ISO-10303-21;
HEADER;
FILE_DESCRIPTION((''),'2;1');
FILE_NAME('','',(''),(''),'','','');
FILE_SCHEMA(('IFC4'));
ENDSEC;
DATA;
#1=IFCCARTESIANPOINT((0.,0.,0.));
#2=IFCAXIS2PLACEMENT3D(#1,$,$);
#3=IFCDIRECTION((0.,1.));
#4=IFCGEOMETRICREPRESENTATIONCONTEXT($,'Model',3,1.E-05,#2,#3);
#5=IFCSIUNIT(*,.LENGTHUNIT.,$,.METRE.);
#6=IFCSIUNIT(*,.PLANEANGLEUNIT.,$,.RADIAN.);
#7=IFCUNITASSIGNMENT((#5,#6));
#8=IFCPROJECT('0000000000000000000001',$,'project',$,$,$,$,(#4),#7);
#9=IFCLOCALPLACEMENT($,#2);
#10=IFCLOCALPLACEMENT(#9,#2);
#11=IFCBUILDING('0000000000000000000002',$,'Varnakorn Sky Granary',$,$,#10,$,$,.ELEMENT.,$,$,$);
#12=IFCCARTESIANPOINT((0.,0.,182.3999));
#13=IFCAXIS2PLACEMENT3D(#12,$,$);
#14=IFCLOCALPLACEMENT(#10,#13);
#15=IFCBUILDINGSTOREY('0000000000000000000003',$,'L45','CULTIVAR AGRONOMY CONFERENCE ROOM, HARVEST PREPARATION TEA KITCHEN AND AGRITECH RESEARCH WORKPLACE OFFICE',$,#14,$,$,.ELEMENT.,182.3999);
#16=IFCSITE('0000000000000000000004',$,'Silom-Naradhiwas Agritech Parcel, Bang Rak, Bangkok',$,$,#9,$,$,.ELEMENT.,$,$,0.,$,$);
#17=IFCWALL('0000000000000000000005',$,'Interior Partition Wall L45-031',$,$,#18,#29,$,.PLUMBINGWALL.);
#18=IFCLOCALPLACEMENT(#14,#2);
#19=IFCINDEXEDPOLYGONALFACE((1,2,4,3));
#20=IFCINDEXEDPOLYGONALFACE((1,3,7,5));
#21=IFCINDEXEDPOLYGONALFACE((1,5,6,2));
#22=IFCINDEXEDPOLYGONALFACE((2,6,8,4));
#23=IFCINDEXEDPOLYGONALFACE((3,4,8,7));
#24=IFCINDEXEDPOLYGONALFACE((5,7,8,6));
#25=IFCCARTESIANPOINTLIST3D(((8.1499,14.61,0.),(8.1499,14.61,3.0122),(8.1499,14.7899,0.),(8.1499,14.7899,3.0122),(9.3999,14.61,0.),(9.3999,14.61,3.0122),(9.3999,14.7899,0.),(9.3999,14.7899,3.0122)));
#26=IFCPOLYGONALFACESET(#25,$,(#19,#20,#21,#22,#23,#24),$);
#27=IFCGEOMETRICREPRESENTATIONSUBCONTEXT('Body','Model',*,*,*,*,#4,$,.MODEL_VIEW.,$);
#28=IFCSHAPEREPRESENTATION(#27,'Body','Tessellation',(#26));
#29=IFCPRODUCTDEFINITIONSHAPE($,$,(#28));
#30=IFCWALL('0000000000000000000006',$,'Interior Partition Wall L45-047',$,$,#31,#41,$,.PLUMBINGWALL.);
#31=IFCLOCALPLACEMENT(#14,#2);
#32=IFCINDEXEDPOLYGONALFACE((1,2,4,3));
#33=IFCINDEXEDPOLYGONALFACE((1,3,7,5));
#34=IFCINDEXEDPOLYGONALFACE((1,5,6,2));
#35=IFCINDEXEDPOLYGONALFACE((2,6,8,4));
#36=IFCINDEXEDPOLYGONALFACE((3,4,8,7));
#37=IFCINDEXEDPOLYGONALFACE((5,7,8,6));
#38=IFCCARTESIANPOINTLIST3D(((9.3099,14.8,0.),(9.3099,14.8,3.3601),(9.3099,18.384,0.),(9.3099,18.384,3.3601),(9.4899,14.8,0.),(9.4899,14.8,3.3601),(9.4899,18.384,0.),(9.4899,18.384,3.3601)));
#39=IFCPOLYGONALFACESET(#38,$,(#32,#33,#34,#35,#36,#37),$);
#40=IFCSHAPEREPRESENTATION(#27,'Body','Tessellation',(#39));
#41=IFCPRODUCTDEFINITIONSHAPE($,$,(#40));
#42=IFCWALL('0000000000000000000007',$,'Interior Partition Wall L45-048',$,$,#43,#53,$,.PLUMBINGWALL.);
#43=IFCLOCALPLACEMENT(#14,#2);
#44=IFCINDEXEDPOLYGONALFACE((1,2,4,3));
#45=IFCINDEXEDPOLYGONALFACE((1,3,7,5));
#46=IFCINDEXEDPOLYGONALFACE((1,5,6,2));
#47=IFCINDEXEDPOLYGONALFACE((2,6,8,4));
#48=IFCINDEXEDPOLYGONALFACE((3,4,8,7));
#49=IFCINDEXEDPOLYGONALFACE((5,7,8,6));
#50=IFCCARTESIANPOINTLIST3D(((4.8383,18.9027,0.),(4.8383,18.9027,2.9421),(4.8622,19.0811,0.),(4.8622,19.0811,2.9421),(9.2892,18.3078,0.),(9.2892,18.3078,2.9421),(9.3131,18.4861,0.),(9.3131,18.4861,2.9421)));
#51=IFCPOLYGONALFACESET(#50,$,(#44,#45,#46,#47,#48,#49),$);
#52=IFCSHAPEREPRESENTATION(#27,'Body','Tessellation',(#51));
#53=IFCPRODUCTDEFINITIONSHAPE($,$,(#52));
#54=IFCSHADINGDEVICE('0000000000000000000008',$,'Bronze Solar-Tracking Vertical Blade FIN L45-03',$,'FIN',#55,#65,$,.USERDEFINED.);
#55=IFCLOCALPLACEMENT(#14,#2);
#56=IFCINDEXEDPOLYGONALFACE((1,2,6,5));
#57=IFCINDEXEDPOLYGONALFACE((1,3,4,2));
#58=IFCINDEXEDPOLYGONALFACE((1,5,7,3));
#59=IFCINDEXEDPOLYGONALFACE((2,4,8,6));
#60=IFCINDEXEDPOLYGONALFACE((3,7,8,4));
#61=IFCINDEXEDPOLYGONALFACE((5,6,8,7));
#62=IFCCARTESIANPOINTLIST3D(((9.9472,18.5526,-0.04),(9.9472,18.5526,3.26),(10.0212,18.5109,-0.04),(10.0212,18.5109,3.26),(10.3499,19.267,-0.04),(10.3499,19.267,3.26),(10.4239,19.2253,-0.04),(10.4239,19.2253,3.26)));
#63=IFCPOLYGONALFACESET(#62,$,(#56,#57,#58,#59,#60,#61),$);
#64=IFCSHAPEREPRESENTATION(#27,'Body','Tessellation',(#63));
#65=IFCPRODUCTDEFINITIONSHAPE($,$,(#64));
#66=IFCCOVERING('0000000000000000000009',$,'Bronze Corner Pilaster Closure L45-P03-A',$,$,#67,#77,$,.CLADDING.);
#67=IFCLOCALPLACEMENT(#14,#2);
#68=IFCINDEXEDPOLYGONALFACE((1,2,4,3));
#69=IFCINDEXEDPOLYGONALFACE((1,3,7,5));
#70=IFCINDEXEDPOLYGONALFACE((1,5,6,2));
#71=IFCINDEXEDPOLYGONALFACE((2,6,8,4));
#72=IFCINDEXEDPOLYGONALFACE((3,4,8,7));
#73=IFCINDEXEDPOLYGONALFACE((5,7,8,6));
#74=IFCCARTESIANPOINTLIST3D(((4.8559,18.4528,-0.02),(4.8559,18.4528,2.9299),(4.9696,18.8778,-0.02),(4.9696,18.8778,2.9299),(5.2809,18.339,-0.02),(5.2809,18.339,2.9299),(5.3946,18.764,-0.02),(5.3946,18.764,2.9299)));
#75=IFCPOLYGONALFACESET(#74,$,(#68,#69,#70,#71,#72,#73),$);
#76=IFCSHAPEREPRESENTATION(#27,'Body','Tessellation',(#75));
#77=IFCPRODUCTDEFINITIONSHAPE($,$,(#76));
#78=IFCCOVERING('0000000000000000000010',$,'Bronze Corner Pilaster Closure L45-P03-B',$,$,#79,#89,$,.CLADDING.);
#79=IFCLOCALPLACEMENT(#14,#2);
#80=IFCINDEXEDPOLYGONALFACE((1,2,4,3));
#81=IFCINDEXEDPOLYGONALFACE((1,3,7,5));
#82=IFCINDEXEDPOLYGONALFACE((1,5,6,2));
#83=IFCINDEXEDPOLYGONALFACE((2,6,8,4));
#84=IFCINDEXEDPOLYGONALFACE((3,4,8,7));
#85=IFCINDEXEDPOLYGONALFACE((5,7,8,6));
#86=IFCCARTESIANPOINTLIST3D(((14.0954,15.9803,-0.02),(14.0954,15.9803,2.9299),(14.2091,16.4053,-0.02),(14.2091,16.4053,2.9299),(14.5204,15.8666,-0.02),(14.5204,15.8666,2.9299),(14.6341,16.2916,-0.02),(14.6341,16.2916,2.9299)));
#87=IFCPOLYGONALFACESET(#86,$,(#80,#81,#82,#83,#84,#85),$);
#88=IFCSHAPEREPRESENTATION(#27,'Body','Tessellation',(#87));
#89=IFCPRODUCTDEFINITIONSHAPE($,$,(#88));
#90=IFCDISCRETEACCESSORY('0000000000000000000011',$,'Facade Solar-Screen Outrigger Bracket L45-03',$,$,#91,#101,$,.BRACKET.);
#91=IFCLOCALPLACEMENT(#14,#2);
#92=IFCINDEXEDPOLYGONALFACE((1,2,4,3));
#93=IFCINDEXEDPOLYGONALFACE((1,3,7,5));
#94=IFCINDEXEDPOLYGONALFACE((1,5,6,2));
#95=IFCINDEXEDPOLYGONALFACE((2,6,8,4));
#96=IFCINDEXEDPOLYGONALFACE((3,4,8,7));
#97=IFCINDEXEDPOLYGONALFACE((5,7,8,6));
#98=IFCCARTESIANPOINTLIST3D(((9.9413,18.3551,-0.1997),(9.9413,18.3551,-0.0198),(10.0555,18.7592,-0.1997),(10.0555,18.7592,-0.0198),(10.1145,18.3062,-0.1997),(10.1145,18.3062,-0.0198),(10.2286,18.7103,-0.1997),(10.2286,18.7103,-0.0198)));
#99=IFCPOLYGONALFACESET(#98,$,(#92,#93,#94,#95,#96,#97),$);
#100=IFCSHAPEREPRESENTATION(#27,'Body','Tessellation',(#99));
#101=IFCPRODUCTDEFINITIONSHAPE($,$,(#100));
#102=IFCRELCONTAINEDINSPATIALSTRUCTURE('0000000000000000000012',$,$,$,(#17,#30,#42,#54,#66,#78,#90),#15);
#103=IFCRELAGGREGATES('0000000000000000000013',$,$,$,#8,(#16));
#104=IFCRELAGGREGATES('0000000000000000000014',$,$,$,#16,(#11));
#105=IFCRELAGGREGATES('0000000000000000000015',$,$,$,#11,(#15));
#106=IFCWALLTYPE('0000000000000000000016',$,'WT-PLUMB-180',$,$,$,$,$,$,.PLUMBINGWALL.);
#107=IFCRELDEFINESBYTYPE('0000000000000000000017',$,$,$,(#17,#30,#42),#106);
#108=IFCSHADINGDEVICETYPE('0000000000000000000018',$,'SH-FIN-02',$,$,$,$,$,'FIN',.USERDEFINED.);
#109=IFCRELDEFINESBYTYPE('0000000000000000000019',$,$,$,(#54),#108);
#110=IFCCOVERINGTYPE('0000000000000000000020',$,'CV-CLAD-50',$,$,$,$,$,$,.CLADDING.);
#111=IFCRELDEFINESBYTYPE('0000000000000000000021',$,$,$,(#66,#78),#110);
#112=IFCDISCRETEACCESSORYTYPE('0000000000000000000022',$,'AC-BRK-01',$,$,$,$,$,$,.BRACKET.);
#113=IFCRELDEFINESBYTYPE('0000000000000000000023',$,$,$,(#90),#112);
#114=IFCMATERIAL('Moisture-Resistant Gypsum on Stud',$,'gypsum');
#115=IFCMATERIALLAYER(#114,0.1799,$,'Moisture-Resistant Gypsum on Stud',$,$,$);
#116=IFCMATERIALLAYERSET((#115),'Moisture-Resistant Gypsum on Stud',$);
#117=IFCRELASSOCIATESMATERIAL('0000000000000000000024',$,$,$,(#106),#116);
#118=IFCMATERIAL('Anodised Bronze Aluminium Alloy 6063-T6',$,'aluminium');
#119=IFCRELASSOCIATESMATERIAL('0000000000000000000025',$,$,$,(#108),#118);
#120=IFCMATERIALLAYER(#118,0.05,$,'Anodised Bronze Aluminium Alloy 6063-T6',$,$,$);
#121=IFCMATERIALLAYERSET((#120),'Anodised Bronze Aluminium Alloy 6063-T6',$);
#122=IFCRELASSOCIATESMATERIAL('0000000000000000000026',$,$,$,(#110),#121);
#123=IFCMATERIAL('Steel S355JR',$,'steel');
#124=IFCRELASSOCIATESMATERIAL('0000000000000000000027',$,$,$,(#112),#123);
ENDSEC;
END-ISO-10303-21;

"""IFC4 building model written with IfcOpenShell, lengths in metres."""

from ifc_helpers import new_model, si_unit, direction, frame, frame_2d, origin, origin_2d, place, context, subcontext, project, spatial, rectangle, extrude, source, transform, mapped, material, layer, layer_set, type_object, type_shapes, element, save


model = new_model("IFC4")

# Units and contexts
model_context = context("Model", 3, precision=1e-05, world=origin(), true_north=direction((0.0, 1.0)))
body_context = subcontext(model_context, "Body", "Model", "MODEL_VIEW")
ifc_project = project(units=[si_unit("LENGTHUNIT", "METRE"), si_unit("PLANEANGLEUNIT", "RADIAN")], contexts=[model_context])

# Site, building, storey
site_placement = place(None, origin())
site = spatial("IfcSite", under=ifc_project, at=site_placement, Name="Silom-Naradhiwas Agritech Parcel, Bang Rak, Bangkok", CompositionType="ELEMENT", RefElevation=0.0)
building_placement = place(site_placement, origin())
building = spatial("IfcBuilding", under=site, at=building_placement, Name="Varnakorn Sky Granary", CompositionType="ELEMENT")
storey_placement = place(building_placement, frame((0.0, 0.0, 182.3999)))
storey = spatial("IfcBuildingStorey", under=building, at=storey_placement, Name="L45", Description="CULTIVAR AGRONOMY CONFERENCE ROOM, HARVEST PREPARATION TEA KITCHEN AND AGRITECH RESEARCH WORKPLACE OFFICE", CompositionType="ELEMENT", Elevation=182.3999)

# Shared definitions
ifc_material_1 = material(Name="Steel S355JR", Category="steel")

# Shared definitions
ifc_material_2 = material(Name="Anodised Bronze Aluminium Alloy 6063-T6", Category="aluminium")

# Shared definitions
ifc_material_3 = material(Name="Moisture-Resistant Gypsum on Stud", Category="gypsum")
ifc_layer_1 = layer(ifc_material_3, 0.1799, Name="Moisture-Resistant Gypsum on Stud")
ifc_layer_set_1 = layer_set([ifc_layer_1], Name="Moisture-Resistant Gypsum on Stud")
wall_type_1 = type_object("IfcWallType", Name="WT-PLUMB-180", PredefinedType="PLUMBINGWALL", material=ifc_layer_set_1)

# Walls
wall_1_placement = place(storey_placement, frame((9.3999, 14.7, 0.0), z_axis=(0.0, 0.0, 1.0), x_axis=(-1.0, 0.0, 0.0)))
element("IfcWall", 1, at=wall_1_placement, inside=storey, type_object=wall_type_1, Name="Interior Partition Wall L45-031", PredefinedType="PLUMBINGWALL", context=body_context, shape_type="SweptSolid", body=[
    extrude(rectangle(XDim=1.25, YDim=0.1799, at=frame_2d((0.625, 0.0))), origin(), (0.0, 0.0, 1.0), 3.0122),
])
wall_2_placement = place(storey_placement, frame((9.3999, 14.8, 0.0), z_axis=(0.0, 0.0, 1.0), x_axis=(0.0, 1.0, 0.0)))
element("IfcWall", 2, at=wall_2_placement, inside=storey, type_object=wall_type_1, Name="Interior Partition Wall L45-047", PredefinedType="PLUMBINGWALL", context=body_context, shape_type="SweptSolid", body=[
    extrude(rectangle(XDim=3.584, YDim=0.1799, at=frame_2d((1.792, 0.0))), origin(), (0.0, 0.0, 1.0), 3.3601),
])
wall_3_placement = place(storey_placement, frame((9.301, 18.397, 0.0), z_axis=(0.0, 0.0, 1.0), x_axis=(-0.991184, 0.132495, 0.0)))
element("IfcWall", 3, at=wall_3_placement, inside=storey, type_object=wall_type_1, Name="Interior Partition Wall L45-048", PredefinedType="PLUMBINGWALL", context=body_context, shape_type="SweptSolid", body=[
    extrude(rectangle(XDim=4.4905, YDim=0.1799, at=frame_2d((2.2451, 0.0))), origin(), (0.0, 0.0, 1.0), 2.9421),
])

# Shading device
shading_device_type = type_object("IfcShadingDeviceType", Name="SH-FIN-02", ElementType="FIN", PredefinedType="USERDEFINED", material=ifc_material_2)
shared_shape_1 = source(origin(), body_context, "Body", "SweptSolid", [
    extrude(rectangle(XDim=0.085, YDim=0.8201, at=origin_2d()), origin(), (0.0, 0.0, 1.0), 3.3),
])
type_shapes(shading_device_type, [shared_shape_1])
shading_device_placement = place(storey_placement, frame((10.1855, 18.8889, -0.04), z_axis=(0.0, 0.0, 1.0), x_axis=(-0.871139, 0.491037, 0.0)))
element("IfcShadingDevice", 4, at=shading_device_placement, inside=storey, type_object=shading_device_type, Name="Bronze Solar-Tracking Vertical Blade FIN L45-03", ObjectType="FIN", PredefinedType="USERDEFINED", context=body_context, shape_type="MappedRepresentation", body=[
    mapped(shared_shape_1, transform((0.0, 0.0, 0.0), x_axis=(1.0, 0.0, 0.0), y_axis=(0.0, 1.0, 0.0), z_axis=(0.0, 0.0, 1.0), scale=1.0)),
])

# Coverings
ifc_layer_2 = layer(ifc_material_2, 0.05, Name="Anodised Bronze Aluminium Alloy 6063-T6")
ifc_layer_set_2 = layer_set([ifc_layer_2], Name="Anodised Bronze Aluminium Alloy 6063-T6")
covering_type = type_object("IfcCoveringType", Name="CV-CLAD-50", PredefinedType="CLADDING", material=ifc_layer_set_2)
shared_shape_2 = source(origin(), body_context, "Body", "SweptSolid", [
    extrude(rectangle(XDim=0.4399, YDim=0.4399, at=origin_2d()), origin(), (0.0, 0.0, 1.0), 2.95),
])
type_shapes(covering_type, [shared_shape_2])
for number, where, z_axis, x_axis, name in (
    (5, (5.1252, 18.6084, -0.02), (0.0, 0.0, 1.0), (0.966016, -0.258482, 0.0), "Bronze Corner Pilaster Closure L45-P03-A"),
    (6, (14.3647, 16.136, -0.02), (0.0, 0.0, 1.0), (0.966016, -0.258482, 0.0), "Bronze Corner Pilaster Closure L45-P03-B"),
):
    element("IfcCovering", number, at=place(storey_placement, frame(where, z_axis=z_axis, x_axis=x_axis)), inside=storey, type_object=covering_type, Name=name, PredefinedType="CLADDING", context=body_context, shape_type="MappedRepresentation", body=[
        mapped(shared_shape_2, transform((0.0, 0.0, 0.0), x_axis=(1.0, 0.0, 0.0), y_axis=(0.0, 1.0, 0.0), z_axis=(0.0, 0.0, 1.0), scale=1.0)),
    ])

# Discrete accessory
discrete_accessory_type = type_object("IfcDiscreteAccessoryType", Name="AC-BRK-01", PredefinedType="BRACKET", material=ifc_material_1)
shared_shape_3 = source(origin(), body_context, "Body", "SweptSolid", [
    extrude(rectangle(XDim=0.1799, YDim=0.4199, at=origin_2d()), origin(), (0.0, 0.0, 1.0), 0.1799),
])
type_shapes(discrete_accessory_type, [shared_shape_3])
discrete_accessory_placement = place(storey_placement, frame((10.085, 18.5327, -0.1997), z_axis=(0.0, 0.0, 1.0), x_axis=(-0.962345, 0.271832, 0.0)))
element("IfcDiscreteAccessory", 7, at=discrete_accessory_placement, inside=storey, type_object=discrete_accessory_type, Name="Facade Solar-Screen Outrigger Bracket L45-03", PredefinedType="BRACKET", context=body_context, shape_type="MappedRepresentation", body=[
    mapped(shared_shape_3, transform((0.0, 0.0, 0.0), x_axis=(1.0, 0.0, 0.0), y_axis=(0.0, 1.0, 0.0), z_axis=(0.0, 0.0, 1.0), scale=1.0)),
])

save(model, "model.ifc")
